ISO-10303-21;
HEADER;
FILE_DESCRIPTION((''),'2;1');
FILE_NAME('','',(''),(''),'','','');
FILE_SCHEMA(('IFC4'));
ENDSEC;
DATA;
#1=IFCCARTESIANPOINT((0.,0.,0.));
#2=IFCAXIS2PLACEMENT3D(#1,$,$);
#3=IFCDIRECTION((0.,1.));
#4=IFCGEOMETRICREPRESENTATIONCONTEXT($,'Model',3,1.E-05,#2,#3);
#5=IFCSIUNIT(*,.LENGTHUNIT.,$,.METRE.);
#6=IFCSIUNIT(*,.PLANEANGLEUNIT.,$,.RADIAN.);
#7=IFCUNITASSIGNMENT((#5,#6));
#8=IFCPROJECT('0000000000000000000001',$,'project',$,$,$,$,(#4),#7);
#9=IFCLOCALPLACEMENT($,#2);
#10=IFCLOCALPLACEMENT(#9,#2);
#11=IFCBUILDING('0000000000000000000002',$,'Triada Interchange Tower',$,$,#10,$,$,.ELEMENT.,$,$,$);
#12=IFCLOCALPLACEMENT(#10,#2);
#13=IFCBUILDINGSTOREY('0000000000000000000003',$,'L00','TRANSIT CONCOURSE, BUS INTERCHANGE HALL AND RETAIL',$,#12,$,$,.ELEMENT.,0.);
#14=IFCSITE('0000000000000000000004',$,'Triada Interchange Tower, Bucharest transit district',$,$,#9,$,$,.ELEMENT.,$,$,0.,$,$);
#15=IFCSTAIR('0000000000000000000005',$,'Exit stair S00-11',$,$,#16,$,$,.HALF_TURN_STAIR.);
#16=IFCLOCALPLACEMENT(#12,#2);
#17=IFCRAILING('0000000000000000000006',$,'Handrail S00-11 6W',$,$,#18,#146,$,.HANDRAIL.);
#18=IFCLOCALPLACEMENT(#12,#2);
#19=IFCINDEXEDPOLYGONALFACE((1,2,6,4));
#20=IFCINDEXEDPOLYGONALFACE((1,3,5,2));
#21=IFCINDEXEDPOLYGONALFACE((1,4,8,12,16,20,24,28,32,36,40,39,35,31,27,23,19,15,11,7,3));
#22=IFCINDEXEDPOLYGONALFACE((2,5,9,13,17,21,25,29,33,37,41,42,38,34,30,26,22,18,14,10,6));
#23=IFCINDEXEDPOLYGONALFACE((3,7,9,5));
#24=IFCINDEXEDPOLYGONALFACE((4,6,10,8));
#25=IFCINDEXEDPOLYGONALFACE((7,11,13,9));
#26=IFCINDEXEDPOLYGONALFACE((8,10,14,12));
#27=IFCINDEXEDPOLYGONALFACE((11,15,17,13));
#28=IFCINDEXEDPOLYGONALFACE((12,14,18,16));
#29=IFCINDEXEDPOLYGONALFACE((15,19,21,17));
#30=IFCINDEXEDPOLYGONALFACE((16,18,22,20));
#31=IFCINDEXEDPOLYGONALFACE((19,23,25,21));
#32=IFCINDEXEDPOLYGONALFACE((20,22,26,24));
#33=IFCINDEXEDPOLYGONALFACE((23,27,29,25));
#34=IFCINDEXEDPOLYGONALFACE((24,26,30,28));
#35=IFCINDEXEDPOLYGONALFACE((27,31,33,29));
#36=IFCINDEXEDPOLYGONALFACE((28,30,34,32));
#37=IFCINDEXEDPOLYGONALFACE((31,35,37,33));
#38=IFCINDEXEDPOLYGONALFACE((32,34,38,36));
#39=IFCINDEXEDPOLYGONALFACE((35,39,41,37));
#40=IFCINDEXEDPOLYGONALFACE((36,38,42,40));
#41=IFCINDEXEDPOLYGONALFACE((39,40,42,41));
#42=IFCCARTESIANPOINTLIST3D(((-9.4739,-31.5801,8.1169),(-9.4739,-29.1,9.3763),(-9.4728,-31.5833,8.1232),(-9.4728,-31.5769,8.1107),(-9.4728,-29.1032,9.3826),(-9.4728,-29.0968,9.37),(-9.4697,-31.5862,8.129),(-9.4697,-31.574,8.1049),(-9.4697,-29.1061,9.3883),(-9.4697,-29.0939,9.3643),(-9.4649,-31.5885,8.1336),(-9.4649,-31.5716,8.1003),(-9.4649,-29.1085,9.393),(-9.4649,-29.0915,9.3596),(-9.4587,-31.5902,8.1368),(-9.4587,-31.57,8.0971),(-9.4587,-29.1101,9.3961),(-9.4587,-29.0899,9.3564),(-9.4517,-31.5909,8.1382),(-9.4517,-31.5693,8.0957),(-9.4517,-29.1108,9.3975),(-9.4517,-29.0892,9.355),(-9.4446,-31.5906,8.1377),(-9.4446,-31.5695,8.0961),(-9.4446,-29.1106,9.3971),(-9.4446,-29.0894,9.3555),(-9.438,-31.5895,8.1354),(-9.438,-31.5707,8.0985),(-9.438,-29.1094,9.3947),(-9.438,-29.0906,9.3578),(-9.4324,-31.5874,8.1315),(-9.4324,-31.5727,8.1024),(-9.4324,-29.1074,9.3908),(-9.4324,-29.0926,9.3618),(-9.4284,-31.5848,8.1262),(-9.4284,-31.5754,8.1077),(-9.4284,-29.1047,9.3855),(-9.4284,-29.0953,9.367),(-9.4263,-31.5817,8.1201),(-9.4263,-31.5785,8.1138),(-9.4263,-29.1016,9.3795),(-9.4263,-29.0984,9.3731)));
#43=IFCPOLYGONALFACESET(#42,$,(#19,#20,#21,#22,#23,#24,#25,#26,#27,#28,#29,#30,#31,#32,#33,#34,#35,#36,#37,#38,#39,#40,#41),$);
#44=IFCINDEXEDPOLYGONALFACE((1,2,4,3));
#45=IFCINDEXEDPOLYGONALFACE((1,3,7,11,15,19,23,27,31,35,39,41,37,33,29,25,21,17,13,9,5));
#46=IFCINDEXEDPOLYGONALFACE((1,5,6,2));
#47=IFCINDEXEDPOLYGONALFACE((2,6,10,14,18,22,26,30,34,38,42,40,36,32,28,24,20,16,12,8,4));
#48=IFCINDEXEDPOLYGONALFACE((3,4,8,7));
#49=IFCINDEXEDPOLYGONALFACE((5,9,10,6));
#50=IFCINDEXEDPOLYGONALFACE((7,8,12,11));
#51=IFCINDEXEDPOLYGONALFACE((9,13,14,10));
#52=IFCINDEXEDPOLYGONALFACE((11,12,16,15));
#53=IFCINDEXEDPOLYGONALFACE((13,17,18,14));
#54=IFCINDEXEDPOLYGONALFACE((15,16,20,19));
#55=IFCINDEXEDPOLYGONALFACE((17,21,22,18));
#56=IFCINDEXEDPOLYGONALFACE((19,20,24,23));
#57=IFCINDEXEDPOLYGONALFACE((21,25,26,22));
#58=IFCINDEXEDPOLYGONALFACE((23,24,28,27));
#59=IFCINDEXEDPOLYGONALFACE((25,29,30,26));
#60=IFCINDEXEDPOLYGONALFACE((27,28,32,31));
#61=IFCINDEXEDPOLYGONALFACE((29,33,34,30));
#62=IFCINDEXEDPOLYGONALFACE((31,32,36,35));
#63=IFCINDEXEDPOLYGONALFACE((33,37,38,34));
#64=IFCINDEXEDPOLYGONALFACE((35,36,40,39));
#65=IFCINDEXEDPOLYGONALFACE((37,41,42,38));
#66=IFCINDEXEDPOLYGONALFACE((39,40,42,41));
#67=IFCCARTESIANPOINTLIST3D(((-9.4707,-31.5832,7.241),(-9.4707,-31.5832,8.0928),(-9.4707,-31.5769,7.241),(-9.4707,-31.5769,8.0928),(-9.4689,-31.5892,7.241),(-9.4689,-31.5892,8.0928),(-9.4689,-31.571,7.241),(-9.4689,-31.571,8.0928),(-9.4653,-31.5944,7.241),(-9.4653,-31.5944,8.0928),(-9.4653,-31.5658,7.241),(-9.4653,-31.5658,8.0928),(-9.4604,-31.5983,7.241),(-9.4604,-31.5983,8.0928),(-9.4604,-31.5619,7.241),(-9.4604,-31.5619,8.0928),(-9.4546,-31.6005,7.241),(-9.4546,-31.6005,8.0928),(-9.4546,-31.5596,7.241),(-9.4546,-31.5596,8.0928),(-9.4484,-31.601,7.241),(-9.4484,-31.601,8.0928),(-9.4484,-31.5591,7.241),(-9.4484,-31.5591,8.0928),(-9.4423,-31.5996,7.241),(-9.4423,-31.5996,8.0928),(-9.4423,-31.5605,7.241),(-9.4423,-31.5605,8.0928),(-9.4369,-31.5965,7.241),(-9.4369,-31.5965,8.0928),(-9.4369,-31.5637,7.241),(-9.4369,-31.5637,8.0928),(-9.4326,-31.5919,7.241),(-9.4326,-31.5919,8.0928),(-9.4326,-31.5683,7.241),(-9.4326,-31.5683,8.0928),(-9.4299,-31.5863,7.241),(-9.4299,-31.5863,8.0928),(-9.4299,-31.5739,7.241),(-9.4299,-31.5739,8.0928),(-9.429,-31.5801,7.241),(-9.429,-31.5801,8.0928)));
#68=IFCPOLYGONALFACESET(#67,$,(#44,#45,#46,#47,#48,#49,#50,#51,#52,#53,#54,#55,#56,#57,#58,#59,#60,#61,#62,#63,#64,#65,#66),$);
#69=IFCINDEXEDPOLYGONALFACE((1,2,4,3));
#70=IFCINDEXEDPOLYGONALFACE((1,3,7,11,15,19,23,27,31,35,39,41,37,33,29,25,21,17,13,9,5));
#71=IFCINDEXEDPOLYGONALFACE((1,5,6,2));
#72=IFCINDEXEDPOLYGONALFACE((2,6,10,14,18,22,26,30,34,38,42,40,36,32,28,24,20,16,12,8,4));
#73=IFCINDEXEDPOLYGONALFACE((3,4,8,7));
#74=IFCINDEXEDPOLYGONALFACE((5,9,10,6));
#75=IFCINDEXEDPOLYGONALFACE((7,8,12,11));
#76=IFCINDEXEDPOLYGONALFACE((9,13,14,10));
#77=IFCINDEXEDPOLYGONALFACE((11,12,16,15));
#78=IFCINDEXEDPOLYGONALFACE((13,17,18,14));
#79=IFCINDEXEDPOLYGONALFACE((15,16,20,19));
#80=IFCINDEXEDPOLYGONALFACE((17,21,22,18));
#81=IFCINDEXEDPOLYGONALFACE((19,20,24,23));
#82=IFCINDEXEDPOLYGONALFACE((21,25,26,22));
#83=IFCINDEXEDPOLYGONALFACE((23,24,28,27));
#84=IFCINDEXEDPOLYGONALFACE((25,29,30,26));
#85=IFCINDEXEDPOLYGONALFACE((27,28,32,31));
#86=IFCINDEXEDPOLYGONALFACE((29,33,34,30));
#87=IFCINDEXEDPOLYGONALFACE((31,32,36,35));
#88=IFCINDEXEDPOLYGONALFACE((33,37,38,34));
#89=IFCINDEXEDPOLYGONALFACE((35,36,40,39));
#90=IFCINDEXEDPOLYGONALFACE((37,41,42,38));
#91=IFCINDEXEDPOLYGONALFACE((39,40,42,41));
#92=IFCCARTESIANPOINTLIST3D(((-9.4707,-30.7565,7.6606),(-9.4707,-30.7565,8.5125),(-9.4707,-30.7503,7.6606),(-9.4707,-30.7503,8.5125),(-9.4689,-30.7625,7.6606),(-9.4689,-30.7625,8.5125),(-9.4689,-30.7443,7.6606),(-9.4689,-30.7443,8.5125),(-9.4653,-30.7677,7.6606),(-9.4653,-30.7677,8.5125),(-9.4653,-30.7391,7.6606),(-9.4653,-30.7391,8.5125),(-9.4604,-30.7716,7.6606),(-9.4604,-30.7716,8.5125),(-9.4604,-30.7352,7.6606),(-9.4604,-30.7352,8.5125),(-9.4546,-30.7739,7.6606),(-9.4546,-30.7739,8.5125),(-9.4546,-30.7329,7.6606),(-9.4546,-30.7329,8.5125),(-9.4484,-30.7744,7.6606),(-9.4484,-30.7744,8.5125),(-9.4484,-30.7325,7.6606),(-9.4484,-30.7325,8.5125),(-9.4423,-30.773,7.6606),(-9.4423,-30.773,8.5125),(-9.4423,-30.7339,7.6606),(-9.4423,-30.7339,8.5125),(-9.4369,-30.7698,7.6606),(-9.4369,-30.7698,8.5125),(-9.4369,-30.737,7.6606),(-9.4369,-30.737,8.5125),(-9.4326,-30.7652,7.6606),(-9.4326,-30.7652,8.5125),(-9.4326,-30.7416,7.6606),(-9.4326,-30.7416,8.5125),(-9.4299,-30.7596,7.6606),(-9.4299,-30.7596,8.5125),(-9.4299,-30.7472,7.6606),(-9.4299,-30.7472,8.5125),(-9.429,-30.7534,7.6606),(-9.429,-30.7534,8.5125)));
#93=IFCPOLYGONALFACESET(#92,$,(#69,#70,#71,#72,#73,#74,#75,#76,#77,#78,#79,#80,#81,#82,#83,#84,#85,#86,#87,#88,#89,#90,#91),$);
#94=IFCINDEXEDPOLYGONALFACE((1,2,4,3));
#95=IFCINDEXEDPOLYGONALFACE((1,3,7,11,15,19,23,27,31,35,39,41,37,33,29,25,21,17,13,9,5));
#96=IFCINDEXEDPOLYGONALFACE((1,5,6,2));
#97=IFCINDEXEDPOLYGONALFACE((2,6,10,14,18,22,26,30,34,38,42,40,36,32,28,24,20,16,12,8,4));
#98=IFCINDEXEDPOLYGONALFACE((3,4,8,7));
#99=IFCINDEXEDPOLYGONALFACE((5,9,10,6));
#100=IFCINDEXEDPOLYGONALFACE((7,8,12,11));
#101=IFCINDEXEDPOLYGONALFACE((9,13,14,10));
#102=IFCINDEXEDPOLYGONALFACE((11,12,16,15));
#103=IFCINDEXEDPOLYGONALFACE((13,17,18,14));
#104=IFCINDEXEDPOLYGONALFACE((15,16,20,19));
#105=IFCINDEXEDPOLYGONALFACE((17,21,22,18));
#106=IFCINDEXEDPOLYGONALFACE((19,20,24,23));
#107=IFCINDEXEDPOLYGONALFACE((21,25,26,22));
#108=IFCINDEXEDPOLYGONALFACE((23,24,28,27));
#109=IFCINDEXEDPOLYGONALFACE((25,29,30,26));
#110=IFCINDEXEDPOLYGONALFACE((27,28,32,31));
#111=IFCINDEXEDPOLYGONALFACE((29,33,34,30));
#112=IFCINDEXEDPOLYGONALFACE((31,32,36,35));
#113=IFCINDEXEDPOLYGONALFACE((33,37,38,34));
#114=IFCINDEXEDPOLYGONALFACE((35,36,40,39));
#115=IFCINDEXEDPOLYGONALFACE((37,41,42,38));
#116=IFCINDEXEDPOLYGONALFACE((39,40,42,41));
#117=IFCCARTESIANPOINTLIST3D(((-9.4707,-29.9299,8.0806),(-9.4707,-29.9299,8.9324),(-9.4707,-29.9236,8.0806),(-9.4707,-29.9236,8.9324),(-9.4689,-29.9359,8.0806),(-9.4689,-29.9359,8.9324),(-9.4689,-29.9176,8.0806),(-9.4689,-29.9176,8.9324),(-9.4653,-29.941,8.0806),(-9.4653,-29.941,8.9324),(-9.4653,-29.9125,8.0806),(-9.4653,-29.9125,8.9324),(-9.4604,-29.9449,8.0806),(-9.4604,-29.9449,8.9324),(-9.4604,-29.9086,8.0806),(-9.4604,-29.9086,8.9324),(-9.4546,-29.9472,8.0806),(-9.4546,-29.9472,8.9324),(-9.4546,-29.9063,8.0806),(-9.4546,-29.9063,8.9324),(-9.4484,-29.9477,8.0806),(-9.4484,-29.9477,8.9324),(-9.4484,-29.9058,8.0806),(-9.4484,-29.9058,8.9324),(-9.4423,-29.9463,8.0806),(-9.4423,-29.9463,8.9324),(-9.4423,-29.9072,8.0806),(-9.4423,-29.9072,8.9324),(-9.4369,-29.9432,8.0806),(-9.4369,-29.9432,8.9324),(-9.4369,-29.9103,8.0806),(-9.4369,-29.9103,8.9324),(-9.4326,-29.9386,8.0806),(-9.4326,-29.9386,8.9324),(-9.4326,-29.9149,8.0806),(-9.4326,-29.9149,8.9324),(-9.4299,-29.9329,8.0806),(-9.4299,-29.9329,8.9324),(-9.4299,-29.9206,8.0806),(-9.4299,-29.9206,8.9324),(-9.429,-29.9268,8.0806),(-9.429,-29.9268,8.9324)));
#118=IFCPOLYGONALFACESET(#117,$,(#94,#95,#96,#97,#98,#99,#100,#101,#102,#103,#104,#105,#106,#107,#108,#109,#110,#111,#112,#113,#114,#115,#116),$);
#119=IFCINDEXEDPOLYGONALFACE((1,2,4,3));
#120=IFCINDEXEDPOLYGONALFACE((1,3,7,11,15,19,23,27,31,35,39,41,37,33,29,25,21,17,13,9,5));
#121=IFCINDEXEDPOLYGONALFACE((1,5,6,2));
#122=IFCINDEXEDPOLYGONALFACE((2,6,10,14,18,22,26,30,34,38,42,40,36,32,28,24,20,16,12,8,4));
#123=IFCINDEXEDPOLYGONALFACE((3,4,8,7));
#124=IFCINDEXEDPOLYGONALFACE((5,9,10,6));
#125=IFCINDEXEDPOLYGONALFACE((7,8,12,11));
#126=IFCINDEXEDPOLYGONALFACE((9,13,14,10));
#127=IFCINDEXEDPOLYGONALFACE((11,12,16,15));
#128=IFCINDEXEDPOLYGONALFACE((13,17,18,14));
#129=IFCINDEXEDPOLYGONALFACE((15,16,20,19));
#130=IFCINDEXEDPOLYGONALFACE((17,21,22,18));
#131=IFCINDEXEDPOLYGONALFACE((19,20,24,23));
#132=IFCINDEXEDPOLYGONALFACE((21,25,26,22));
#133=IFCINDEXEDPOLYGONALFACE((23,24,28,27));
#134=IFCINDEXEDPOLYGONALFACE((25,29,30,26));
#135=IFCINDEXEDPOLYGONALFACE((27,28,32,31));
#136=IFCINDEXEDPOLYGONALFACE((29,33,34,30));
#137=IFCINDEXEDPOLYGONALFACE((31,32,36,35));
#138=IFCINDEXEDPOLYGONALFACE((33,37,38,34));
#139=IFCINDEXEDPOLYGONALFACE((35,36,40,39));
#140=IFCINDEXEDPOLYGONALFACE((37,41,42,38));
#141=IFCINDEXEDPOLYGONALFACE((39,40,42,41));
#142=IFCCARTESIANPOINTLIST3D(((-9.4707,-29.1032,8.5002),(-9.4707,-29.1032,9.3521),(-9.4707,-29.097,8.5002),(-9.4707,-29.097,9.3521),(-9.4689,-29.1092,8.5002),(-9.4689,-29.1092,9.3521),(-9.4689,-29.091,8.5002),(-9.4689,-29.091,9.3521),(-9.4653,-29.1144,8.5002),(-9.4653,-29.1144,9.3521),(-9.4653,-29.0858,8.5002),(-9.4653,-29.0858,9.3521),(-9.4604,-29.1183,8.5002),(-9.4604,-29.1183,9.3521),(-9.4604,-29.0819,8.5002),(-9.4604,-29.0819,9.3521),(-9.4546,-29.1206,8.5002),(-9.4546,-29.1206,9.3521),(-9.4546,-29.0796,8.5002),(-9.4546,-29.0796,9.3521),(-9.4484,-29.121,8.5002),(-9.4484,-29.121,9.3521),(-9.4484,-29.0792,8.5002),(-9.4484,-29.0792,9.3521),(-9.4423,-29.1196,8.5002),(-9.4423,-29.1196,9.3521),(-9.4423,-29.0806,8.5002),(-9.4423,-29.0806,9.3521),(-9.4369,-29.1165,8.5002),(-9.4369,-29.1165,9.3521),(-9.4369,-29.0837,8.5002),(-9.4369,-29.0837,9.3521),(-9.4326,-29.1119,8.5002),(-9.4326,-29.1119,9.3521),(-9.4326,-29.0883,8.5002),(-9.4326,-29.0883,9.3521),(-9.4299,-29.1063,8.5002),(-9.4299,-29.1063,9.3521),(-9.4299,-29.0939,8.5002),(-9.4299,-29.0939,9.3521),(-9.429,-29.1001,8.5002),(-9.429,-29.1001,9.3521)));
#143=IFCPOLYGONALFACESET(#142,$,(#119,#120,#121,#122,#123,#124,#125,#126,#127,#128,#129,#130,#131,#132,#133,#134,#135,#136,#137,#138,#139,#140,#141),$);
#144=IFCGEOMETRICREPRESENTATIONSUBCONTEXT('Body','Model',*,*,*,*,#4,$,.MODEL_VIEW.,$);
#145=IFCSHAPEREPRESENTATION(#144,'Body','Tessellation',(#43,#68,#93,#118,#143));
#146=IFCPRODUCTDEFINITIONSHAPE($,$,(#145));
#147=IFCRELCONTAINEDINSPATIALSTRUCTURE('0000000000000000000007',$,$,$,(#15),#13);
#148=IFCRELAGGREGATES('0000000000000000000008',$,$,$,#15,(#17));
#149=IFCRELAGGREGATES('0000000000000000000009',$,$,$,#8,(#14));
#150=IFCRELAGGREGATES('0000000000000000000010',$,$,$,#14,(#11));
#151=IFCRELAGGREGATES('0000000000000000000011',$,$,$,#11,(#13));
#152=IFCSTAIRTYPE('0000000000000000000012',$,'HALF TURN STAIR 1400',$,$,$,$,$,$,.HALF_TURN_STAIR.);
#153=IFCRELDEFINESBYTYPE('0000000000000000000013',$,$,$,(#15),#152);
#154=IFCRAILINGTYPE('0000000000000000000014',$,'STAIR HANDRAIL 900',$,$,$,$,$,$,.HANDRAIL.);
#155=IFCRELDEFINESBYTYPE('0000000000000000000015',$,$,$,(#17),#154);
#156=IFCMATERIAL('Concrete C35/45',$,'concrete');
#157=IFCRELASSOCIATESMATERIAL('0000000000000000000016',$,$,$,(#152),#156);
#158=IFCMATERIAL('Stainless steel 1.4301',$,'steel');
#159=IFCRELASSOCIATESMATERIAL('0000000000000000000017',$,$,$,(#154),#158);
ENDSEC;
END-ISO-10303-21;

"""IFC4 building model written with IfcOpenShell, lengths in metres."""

from ifc_helpers import new_model, si_unit, direction, frame, origin, origin_2d, place, context, subcontext, project, spatial, circle, extrude, material, type_object, element, aggregate, save


model = new_model("IFC4")

# Units and contexts
model_context = context("Model", 3, precision=1e-05, world=origin(), true_north=direction((0.0, 1.0)))
body_context = subcontext(model_context, "Body", "Model", "MODEL_VIEW")
ifc_project = project(units=[si_unit("LENGTHUNIT", "METRE"), si_unit("PLANEANGLEUNIT", "RADIAN")], contexts=[model_context])

# Site, building, storey
site_placement = place(None, origin())
site = spatial("IfcSite", under=ifc_project, at=site_placement, Name="Triada Interchange Tower, Bucharest transit district", CompositionType="ELEMENT", RefElevation=0.0)
building_placement = place(site_placement, origin())
building = spatial("IfcBuilding", under=site, at=building_placement, Name="Triada Interchange Tower", CompositionType="ELEMENT")
storey_placement = place(building_placement, origin())
storey = spatial("IfcBuildingStorey", under=building, at=storey_placement, Name="L00", Description="TRANSIT CONCOURSE, BUS INTERCHANGE HALL AND RETAIL", CompositionType="ELEMENT", Elevation=0.0)

# Shared definitions
ifc_material_1 = material(Name="Concrete C35/45", Category="concrete")

# Stair
stair_type = type_object("IfcStairType", Name="HALF TURN STAIR 1400", PredefinedType="HALF_TURN_STAIR", material=ifc_material_1)
stair_1_placement = place(storey_placement, origin())
stair_1 = element("IfcStair", 1, at=stair_1_placement, inside=storey, type_object=stair_type, Name="Exit stair S00-11", PredefinedType="HALF_TURN_STAIR")

# Railing
ifc_material_2 = material(Name="Stainless steel 1.4301", Category="steel")
railing_type_1 = type_object("IfcRailingType", Name="STAIR HANDRAIL 900", PredefinedType="HANDRAIL", material=ifc_material_2)
railing_1_placement = place(storey_placement, frame((-9.45, -31.5801, 7.241)))
railing_1 = element("IfcRailing", 2, at=railing_1_placement, type_object=railing_type_1, Name="Handrail S00-11 6W", PredefinedType="HANDRAIL", context=body_context, shape_type="SweptSolid", body=[
    extrude(circle(Radius=0.0239, at=origin_2d()), frame((0.0, 0.0, 0.876), z_axis=(0.0, 0.891636, 0.452752), x_axis=(-1.0, 0.0, 0.0)), (0.0, 0.0, 1.0), 2.7815),
    extrude(circle(Radius=0.021, at=origin_2d()), origin(), (0.0, 0.0, 1.0), 0.8518),
    extrude(circle(Radius=0.021, at=origin_2d()), frame((0.0, 0.8267, 0.4197)), (0.0, 0.0, 1.0), 0.8518),
    extrude(circle(Radius=0.021, at=origin_2d()), frame((0.0, 1.6533, 0.8396)), (0.0, 0.0, 1.0), 0.8518),
    extrude(circle(Radius=0.021, at=origin_2d()), frame((0.0, 2.48, 1.2593)), (0.0, 0.0, 1.0), 0.8518),
])
aggregate(stair_1, [railing_1])

save(model, "model.ifc")
